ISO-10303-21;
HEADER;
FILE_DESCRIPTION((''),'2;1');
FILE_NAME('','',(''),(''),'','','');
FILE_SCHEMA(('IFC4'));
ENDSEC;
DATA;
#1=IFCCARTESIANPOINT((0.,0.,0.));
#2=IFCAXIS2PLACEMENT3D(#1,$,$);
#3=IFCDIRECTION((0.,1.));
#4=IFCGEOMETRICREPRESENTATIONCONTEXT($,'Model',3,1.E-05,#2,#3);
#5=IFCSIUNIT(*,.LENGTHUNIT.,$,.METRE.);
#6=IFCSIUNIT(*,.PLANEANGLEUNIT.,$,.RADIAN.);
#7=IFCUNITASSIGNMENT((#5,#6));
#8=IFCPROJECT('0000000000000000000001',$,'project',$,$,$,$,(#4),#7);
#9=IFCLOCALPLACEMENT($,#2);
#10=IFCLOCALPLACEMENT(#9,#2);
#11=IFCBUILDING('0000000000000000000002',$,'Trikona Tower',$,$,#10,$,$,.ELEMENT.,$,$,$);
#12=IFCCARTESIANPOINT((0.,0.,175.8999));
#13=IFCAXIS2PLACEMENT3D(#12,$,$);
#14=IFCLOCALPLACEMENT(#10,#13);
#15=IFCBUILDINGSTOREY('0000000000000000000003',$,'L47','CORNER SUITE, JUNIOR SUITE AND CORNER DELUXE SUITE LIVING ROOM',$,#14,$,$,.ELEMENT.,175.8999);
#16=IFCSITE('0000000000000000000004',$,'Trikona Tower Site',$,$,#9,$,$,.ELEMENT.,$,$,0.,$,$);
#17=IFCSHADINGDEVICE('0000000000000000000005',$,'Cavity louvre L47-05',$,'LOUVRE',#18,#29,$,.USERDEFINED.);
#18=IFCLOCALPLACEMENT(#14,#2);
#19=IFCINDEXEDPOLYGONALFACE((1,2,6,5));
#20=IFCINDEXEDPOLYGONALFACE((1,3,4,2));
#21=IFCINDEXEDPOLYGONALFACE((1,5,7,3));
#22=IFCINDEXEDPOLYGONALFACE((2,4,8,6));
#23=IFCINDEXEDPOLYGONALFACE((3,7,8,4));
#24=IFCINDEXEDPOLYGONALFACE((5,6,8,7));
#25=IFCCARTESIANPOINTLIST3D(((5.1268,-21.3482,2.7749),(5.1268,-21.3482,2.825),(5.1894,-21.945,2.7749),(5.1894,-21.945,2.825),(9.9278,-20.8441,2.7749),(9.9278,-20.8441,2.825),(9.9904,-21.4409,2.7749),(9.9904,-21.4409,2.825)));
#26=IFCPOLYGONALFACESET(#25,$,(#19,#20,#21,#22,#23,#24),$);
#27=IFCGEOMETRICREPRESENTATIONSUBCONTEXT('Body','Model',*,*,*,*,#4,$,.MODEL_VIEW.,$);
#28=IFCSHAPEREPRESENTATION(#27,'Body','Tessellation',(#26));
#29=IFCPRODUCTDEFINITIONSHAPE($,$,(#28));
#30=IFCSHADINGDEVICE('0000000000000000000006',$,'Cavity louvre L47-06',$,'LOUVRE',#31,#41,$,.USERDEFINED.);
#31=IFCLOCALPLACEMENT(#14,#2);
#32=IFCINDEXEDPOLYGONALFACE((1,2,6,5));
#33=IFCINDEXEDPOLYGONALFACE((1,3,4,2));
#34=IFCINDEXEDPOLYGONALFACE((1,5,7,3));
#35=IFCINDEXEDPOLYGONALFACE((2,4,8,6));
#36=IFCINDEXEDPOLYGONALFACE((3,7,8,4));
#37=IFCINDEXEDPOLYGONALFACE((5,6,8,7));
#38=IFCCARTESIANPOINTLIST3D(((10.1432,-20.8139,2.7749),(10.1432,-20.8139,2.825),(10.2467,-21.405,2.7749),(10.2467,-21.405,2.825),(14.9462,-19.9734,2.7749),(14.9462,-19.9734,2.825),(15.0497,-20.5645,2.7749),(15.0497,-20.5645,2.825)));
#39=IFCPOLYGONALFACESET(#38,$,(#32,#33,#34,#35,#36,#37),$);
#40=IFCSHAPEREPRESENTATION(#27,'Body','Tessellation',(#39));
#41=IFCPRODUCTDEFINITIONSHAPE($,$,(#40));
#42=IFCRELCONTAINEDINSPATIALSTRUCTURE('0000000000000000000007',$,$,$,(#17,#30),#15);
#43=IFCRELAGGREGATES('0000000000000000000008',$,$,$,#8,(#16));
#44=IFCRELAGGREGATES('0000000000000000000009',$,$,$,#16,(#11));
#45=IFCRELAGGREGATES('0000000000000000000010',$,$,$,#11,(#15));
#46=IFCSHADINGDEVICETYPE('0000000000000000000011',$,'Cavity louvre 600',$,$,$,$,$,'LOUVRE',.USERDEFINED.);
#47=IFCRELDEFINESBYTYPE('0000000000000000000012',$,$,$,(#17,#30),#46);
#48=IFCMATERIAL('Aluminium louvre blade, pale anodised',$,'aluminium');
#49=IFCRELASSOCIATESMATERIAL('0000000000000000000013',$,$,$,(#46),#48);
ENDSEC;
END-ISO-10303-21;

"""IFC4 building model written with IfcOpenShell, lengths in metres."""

from ifc_helpers import new_model, si_unit, direction, frame, origin, origin_2d, place, context, subcontext, project, spatial, rectangle, extrude, material, type_object, element, save


model = new_model("IFC4")

# Units and contexts
model_context = context("Model", 3, precision=1e-05, world=origin(), true_north=direction((0.0, 1.0)))
body_context = subcontext(model_context, "Body", "Model", "MODEL_VIEW")
ifc_project = project(units=[si_unit("LENGTHUNIT", "METRE"), si_unit("PLANEANGLEUNIT", "RADIAN")], contexts=[model_context])

# Site, building, storey
site_placement = place(None, origin())
site = spatial("IfcSite", under=ifc_project, at=site_placement, Name="Trikona Tower Site", CompositionType="ELEMENT", RefElevation=0.0)
building_placement = place(site_placement, origin())
building = spatial("IfcBuilding", under=site, at=building_placement, Name="Trikona Tower", CompositionType="ELEMENT")
storey_placement = place(building_placement, frame((0.0, 0.0, 175.8999)))
storey = spatial("IfcBuildingStorey", under=building, at=storey_placement, Name="L47", Description="CORNER SUITE, JUNIOR SUITE AND CORNER DELUXE SUITE LIVING ROOM", CompositionType="ELEMENT", Elevation=175.8999)

# Shading devices
ifc_material_1 = material(Name="Aluminium louvre blade, pale anodised", Category="aluminium")
shading_device_type = type_object("IfcShadingDeviceType", Name="Cavity louvre 600", ElementType="LOUVRE", PredefinedType="USERDEFINED", material=ifc_material_1)
shading_device_1_placement = place(storey_placement, frame((7.5586, -21.3945, 2.7749), z_axis=(0.0, 0.0, 1.0), x_axis=(0.994533, 0.104426, 0.0)))
element("IfcShadingDevice", 1, at=shading_device_1_placement, inside=storey, type_object=shading_device_type, Name="Cavity louvre L47-05", ObjectType="LOUVRE", PredefinedType="USERDEFINED", context=body_context, shape_type="SweptSolid", body=[
    extrude(rectangle(XDim=4.8274, YDim=0.6001, at=origin_2d()), origin(), (0.0, 0.0, 1.0), 0.05),
])
shading_device_2_placement = place(storey_placement, frame((12.5964, -20.6892, 2.7749), z_axis=(0.0, 0.0, 1.0), x_axis=(0.985031, 0.17238, 0.0)))
element("IfcShadingDevice", 2, at=shading_device_2_placement, inside=storey, type_object=shading_device_type, Name="Cavity louvre L47-06", ObjectType="LOUVRE", PredefinedType="USERDEFINED", context=body_context, shape_type="SweptSolid", body=[
    extrude(rectangle(XDim=4.876, YDim=0.6001, at=origin_2d()), origin(), (0.0, 0.0, 1.0), 0.05),
])

save(model, "model.ifc")
